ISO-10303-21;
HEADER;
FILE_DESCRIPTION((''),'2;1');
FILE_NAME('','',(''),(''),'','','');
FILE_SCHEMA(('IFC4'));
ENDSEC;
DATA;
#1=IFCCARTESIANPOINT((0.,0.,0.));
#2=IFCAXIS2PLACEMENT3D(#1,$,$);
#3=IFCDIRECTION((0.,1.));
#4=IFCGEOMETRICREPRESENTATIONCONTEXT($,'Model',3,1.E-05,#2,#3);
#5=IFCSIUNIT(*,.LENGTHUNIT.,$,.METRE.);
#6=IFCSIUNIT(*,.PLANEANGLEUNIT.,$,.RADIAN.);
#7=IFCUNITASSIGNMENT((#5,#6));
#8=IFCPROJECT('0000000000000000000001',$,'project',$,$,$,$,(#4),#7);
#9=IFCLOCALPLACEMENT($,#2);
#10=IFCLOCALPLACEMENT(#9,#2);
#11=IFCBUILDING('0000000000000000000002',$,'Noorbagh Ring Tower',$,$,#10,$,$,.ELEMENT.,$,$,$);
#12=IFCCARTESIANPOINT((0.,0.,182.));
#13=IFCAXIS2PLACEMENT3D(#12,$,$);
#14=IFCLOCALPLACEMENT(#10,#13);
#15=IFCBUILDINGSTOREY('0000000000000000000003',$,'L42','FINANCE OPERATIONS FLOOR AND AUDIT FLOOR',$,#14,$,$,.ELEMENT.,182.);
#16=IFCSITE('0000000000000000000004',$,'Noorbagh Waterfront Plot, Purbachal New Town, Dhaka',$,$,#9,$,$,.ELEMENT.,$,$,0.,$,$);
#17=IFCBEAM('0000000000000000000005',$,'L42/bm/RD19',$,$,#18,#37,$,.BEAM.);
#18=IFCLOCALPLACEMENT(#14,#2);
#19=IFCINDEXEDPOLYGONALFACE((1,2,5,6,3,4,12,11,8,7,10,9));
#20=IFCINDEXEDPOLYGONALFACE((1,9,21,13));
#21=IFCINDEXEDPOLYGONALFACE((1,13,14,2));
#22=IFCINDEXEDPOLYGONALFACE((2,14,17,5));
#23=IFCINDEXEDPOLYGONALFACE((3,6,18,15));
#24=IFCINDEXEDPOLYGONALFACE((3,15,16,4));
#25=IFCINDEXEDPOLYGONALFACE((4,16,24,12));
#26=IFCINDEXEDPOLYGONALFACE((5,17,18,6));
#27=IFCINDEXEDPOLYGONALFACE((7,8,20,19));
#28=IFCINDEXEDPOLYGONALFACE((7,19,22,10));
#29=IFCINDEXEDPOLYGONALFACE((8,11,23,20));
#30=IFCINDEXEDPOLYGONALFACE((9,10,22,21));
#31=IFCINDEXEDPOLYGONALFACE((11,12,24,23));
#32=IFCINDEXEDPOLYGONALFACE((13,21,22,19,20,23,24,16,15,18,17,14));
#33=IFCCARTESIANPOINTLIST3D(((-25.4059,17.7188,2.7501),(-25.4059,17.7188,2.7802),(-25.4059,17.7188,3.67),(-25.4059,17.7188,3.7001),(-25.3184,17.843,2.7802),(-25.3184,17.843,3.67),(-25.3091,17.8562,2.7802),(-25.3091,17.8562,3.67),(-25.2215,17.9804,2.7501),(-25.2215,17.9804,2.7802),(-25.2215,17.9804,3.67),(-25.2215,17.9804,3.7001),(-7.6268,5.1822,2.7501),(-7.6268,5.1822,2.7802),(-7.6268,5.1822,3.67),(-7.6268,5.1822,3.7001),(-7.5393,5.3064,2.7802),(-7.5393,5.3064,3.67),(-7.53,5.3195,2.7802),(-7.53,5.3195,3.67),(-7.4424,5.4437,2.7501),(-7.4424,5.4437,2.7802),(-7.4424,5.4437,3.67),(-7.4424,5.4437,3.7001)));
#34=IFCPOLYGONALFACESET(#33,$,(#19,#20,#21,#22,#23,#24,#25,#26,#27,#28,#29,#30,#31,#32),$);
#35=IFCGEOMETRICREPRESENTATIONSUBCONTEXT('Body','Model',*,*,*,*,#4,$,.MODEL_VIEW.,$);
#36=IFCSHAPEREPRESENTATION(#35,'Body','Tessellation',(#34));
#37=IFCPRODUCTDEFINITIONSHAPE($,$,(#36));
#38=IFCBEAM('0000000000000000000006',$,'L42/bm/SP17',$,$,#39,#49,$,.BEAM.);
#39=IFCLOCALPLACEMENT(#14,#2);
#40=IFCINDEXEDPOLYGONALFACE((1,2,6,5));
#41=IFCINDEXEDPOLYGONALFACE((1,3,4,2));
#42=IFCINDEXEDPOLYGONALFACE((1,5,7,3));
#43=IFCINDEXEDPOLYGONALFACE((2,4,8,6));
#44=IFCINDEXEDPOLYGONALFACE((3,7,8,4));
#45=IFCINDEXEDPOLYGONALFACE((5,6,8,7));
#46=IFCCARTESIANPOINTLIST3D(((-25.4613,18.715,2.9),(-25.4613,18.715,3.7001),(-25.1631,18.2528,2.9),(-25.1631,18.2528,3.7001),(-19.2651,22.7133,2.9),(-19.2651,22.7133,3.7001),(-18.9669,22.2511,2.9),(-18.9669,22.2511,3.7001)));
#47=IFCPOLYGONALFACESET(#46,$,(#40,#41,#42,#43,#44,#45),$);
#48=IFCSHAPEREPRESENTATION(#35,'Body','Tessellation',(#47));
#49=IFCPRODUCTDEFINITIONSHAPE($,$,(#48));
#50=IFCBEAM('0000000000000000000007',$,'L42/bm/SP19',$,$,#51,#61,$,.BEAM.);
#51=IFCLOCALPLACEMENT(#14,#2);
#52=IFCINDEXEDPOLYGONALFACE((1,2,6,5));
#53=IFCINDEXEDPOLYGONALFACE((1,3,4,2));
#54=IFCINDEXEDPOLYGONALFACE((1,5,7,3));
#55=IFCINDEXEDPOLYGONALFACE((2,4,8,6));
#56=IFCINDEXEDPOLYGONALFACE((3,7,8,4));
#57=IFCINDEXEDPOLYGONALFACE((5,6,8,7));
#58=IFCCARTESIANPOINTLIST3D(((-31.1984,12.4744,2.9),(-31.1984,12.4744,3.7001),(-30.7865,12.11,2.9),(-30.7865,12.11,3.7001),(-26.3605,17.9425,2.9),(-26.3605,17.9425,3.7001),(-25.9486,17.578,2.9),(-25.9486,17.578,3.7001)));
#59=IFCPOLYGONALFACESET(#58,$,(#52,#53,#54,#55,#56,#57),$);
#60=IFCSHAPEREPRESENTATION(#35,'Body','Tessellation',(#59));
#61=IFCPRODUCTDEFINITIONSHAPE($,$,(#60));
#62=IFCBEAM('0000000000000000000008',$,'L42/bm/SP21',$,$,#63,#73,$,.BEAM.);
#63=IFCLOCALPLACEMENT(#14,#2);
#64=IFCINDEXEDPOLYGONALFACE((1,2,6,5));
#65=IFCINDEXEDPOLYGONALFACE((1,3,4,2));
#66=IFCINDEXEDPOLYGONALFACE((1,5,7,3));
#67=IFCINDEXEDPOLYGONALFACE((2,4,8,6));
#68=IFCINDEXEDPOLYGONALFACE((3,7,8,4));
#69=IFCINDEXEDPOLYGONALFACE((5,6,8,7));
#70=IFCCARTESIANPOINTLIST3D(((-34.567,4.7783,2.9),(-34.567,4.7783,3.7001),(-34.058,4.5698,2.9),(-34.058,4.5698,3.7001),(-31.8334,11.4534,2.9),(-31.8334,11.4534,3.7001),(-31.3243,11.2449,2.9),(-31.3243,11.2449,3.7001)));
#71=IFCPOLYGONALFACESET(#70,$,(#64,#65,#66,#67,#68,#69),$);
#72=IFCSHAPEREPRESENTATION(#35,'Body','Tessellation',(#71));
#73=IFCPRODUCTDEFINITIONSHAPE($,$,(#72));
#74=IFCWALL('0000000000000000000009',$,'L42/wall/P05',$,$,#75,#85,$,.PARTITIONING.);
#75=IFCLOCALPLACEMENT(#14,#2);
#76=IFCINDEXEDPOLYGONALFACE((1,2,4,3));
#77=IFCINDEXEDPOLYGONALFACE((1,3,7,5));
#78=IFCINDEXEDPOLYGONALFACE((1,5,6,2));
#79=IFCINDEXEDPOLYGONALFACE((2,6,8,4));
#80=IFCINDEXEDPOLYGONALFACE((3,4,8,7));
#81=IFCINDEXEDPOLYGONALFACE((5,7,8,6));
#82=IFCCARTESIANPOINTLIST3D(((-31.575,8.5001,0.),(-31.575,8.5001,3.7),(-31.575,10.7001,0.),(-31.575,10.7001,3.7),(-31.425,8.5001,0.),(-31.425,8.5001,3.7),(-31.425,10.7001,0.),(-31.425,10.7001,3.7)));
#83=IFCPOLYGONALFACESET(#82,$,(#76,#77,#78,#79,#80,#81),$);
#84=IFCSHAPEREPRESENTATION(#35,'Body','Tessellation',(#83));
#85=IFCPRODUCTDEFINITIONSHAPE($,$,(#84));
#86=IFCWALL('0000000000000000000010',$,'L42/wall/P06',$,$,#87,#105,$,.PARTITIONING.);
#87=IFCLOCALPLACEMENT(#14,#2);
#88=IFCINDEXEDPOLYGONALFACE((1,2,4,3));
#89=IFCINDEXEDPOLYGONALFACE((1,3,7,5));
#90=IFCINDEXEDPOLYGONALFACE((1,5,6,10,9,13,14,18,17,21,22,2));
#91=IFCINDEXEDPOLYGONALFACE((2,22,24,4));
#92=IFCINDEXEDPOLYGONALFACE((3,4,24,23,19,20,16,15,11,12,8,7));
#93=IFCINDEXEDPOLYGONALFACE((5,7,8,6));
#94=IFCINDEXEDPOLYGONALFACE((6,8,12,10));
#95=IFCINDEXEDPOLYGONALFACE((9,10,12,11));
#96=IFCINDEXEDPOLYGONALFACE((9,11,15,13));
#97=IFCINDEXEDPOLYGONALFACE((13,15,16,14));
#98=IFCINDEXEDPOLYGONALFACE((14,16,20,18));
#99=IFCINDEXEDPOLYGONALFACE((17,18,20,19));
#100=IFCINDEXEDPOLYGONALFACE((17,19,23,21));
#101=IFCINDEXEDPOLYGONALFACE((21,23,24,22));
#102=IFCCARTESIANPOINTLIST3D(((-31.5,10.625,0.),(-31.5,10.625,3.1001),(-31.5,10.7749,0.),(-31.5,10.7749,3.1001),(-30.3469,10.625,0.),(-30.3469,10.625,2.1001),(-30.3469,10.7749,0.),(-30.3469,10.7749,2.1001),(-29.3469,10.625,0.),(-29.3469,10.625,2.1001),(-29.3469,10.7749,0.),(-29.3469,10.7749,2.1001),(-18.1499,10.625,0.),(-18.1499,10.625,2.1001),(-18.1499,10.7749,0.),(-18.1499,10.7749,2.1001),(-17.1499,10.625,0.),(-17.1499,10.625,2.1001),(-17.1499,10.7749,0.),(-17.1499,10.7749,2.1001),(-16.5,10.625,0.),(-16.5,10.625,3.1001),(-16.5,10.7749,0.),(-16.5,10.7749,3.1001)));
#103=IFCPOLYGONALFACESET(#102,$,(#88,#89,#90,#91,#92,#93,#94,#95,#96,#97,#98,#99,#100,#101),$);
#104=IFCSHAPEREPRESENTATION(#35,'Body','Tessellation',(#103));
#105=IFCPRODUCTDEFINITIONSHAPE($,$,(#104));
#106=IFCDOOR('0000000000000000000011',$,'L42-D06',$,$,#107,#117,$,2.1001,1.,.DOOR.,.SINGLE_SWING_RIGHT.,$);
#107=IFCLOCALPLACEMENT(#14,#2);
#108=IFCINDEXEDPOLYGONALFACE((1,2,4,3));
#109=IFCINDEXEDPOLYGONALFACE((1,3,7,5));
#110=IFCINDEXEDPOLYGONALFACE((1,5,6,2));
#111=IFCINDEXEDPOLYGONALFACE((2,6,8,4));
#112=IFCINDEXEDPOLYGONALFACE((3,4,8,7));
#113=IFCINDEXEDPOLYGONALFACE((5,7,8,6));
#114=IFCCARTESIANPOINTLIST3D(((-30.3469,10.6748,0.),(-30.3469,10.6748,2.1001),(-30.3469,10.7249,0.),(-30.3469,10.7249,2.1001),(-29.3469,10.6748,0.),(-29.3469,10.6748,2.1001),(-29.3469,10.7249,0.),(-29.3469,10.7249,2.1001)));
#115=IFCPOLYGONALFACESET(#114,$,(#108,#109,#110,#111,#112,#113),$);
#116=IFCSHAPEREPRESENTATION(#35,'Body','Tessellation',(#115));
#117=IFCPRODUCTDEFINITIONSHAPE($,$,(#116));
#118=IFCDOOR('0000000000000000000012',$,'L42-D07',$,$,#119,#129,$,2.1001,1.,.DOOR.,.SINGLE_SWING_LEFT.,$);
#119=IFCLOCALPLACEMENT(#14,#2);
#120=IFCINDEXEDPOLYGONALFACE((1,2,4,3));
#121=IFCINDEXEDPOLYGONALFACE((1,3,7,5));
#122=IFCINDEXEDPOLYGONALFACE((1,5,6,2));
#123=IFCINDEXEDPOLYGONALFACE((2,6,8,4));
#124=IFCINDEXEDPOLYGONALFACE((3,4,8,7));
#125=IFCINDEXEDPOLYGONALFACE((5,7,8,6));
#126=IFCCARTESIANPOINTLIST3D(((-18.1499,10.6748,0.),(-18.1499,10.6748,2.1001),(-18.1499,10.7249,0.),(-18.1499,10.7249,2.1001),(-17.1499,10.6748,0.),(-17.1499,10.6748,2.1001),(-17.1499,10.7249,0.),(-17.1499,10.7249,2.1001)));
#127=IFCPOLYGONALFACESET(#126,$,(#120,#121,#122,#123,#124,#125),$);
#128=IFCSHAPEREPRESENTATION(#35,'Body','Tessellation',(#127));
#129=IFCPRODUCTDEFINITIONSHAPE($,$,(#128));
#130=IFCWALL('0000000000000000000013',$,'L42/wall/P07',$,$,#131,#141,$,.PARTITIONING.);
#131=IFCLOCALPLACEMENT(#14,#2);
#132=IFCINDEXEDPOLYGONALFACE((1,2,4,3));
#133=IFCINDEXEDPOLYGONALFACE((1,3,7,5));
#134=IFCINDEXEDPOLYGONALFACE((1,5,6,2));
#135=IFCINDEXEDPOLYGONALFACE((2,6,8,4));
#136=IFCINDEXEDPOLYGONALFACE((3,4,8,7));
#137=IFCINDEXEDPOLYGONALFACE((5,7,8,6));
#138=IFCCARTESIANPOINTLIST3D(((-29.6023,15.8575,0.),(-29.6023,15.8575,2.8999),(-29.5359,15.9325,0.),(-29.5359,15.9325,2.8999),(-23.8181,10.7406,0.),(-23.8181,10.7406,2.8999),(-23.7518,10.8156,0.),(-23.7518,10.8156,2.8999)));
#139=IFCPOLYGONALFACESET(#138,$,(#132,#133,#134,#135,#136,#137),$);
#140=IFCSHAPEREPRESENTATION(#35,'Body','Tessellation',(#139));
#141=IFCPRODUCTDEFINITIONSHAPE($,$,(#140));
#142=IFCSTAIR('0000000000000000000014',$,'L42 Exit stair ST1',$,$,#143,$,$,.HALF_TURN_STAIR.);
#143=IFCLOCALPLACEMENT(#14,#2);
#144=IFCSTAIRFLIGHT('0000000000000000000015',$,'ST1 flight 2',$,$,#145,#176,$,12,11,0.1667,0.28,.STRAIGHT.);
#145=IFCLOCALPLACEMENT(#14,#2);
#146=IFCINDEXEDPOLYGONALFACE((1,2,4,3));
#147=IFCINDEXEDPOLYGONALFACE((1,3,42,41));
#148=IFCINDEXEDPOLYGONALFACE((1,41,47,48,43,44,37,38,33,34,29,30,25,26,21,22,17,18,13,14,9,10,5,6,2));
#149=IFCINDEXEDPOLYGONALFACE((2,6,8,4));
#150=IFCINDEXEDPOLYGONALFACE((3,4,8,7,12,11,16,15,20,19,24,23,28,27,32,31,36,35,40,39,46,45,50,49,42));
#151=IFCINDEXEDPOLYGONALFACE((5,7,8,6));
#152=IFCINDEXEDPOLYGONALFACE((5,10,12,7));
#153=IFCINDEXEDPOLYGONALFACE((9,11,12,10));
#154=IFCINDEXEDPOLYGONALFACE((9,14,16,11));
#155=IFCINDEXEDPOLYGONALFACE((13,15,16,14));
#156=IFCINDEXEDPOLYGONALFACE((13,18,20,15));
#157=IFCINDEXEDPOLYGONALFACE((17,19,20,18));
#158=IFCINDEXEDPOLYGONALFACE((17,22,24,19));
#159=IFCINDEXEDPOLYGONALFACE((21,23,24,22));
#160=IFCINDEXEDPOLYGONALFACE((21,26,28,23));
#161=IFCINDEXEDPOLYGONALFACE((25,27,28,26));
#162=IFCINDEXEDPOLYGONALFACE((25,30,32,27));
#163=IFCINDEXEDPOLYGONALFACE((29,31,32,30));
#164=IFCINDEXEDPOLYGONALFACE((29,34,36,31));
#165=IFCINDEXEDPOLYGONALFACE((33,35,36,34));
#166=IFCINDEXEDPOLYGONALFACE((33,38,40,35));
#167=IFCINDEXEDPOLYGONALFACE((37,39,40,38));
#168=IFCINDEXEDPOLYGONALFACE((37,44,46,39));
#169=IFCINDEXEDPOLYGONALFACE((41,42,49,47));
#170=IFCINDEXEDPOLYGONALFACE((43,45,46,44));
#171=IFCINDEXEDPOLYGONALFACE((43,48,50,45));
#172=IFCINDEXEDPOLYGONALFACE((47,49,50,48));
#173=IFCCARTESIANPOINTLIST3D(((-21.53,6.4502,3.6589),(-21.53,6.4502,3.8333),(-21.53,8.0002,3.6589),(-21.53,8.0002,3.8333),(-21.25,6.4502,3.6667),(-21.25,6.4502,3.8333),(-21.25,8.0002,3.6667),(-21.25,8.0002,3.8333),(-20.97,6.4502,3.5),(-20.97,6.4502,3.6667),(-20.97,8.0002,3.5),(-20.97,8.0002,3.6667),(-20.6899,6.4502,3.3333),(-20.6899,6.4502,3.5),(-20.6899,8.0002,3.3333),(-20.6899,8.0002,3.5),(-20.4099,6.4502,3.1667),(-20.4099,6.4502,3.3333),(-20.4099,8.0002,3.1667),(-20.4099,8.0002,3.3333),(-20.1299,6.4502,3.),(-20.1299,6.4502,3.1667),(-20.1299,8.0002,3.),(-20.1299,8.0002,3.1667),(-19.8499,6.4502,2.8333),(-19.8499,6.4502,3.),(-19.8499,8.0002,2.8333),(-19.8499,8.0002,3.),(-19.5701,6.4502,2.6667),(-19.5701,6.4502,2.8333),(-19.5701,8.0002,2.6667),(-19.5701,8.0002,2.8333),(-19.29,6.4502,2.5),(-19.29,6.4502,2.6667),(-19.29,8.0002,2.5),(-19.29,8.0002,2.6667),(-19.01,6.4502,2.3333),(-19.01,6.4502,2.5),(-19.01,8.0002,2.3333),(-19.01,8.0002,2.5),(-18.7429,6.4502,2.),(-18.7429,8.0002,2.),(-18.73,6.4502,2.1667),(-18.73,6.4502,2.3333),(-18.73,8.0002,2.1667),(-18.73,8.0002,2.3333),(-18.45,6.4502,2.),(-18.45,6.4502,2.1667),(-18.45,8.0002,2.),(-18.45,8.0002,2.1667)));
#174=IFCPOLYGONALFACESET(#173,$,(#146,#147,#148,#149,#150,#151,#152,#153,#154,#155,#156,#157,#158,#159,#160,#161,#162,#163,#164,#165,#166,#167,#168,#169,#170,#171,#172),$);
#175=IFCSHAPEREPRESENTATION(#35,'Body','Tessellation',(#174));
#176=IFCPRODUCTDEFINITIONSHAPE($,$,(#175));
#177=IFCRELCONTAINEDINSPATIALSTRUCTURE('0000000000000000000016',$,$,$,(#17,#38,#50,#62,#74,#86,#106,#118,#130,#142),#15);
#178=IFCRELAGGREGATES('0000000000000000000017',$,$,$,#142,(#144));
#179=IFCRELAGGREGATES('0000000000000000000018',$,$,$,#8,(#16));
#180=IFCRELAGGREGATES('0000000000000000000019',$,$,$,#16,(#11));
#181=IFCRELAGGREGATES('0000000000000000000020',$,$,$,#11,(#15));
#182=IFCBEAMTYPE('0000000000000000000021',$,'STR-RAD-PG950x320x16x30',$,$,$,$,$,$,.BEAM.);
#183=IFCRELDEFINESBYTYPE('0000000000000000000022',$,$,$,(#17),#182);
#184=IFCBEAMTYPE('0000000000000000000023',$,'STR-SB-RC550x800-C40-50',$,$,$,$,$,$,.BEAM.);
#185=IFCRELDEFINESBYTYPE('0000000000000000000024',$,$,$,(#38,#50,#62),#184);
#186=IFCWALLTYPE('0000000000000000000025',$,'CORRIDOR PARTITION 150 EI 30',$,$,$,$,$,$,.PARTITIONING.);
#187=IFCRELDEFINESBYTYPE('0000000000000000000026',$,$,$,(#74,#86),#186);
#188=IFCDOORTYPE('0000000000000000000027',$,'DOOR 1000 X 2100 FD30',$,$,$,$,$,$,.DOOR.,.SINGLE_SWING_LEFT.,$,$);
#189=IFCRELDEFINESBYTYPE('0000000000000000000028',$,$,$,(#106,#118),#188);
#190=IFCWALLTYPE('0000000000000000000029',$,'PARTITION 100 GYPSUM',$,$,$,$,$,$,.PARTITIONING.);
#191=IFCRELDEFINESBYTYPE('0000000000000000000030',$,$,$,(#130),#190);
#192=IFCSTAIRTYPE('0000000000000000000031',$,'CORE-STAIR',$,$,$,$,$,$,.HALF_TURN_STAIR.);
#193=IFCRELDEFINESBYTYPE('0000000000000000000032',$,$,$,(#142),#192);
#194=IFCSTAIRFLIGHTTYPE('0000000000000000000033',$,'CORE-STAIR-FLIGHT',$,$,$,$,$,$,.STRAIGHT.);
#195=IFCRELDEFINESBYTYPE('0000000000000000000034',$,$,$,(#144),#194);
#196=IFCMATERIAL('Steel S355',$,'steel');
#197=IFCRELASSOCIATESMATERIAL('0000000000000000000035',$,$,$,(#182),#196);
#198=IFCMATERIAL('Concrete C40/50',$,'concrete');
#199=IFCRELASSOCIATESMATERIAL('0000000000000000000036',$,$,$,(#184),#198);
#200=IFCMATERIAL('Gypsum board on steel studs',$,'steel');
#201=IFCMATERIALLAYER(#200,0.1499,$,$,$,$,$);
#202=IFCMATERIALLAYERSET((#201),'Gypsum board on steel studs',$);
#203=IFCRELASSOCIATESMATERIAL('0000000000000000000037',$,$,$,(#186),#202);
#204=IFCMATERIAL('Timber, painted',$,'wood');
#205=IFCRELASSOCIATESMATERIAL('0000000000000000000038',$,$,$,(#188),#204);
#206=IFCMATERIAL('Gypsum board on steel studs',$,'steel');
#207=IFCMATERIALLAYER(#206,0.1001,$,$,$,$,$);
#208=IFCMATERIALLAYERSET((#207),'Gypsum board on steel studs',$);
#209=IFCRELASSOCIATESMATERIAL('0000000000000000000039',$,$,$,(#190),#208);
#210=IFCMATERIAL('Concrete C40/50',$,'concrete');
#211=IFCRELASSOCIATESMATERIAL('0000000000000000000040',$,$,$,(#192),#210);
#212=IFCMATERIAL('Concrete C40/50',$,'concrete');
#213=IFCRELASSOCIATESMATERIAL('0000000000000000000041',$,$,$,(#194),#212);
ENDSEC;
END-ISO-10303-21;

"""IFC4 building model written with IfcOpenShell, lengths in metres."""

from ifc_helpers import new_model, si_unit, direction, frame, frame_2d, origin, origin_2d, place, context, subcontext, project, spatial, polyline, rectangle, i_section, outline, extrude, material, layer, layer_set, material_profile, profile_set, type_object, element, fill, aggregate, save


model = new_model("IFC4")

# Units and contexts
model_context = context("Model", 3, precision=1e-05, world=origin(), true_north=direction((0.0, 1.0)))
body_context = subcontext(model_context, "Body", "Model", "MODEL_VIEW")
ifc_project = project(units=[si_unit("LENGTHUNIT", "METRE"), si_unit("PLANEANGLEUNIT", "RADIAN")], contexts=[model_context])

# Site, building, storey
site_placement = place(None, origin())
site = spatial("IfcSite", under=ifc_project, at=site_placement, Name="Noorbagh Waterfront Plot, Purbachal New Town, Dhaka", CompositionType="ELEMENT", RefElevation=0.0)
building_placement = place(site_placement, origin())
building = spatial("IfcBuilding", under=site, at=building_placement, Name="Noorbagh Ring Tower", CompositionType="ELEMENT")
storey_placement = place(building_placement, frame((0.0, 0.0, 182.0)))
storey = spatial("IfcBuildingStorey", under=building, at=storey_placement, Name="L42", Description="FINANCE OPERATIONS FLOOR AND AUDIT FLOOR", CompositionType="ELEMENT", Elevation=182.0)

# Beams
ifc_material_1 = material(Name="Steel S355", Category="steel")
ifc_material_profile_1 = material_profile(ifc_material_1, i_section(OverallWidth=0.3201, OverallDepth=0.95, WebThickness=0.0161, FlangeThickness=0.03, at=origin_2d()), Name="PG950x320x16x30")
ifc_profile_set_1 = profile_set([ifc_material_profile_1], Name="Steel S355")
beam_type_1 = type_object("IfcBeamType", Name="STR-RAD-PG950x320x16x30", PredefinedType="BEAM", material=ifc_profile_set_1)
beam_1_placement = place(storey_placement, frame((-25.3137, 17.8496, 3.2251), z_axis=(0.817256, -0.576275, 0.0), x_axis=(0.576275, 0.817256, 0.0)))
element("IfcBeam", 1, at=beam_1_placement, inside=storey, type_object=beam_type_1, Name="L42/bm/RD19", PredefinedType="BEAM", context=body_context, shape_type="SweptSolid", body=[
    extrude(i_section(OverallWidth=0.3201, OverallDepth=0.95, WebThickness=0.0161, FlangeThickness=0.03, at=origin_2d()), origin(), (0.0, 0.0, 1.0), 21.7546),
])
ifc_material_2 = material(Name="Concrete C40/50", Category="concrete")
ifc_material_profile_2 = material_profile(ifc_material_2, rectangle(XDim=0.55, YDim=0.8, at=origin_2d()), Name="RC550x800")
ifc_profile_set_2 = profile_set([ifc_material_profile_2], Name="Concrete C40/50")
beam_type_2 = type_object("IfcBeamType", Name="STR-SB-RC550x800-C40-50", PredefinedType="BEAM", material=ifc_profile_set_2)
beam_2_placement = place(storey_placement, frame((-19.116, 22.4822, 3.3), z_axis=(-0.840254, -0.542192, 0.0), x_axis=(0.542192, -0.840254, 0.0)))
element("IfcBeam", 2, at=beam_2_placement, inside=storey, type_object=beam_type_2, Name="L42/bm/SP17", PredefinedType="BEAM", context=body_context, shape_type="SweptSolid", body=[
    extrude(rectangle(XDim=0.55, YDim=0.8, at=origin_2d()), origin(), (0.0, 0.0, 1.0), 7.3743),
])
beam_3_placement = place(storey_placement, frame((-26.1545, 17.7603, 3.3), z_axis=(-0.662635, -0.748942, 0.0), x_axis=(0.748942, -0.662635, 0.0)))
element("IfcBeam", 3, at=beam_3_placement, inside=storey, type_object=beam_type_2, Name="L42/bm/SP19", PredefinedType="BEAM", context=body_context, shape_type="SweptSolid", body=[
    extrude(rectangle(XDim=0.55, YDim=0.8, at=origin_2d()), origin(), (0.0, 0.0, 1.0), 7.301),
])
beam_4_placement = place(storey_placement, frame((-31.5789, 11.3491, 3.3), z_axis=(-0.378982, -0.925404, 0.0), x_axis=(0.925404, -0.378982, 0.0)))
element("IfcBeam", 4, at=beam_4_placement, inside=storey, type_object=beam_type_2, Name="L42/bm/SP21", PredefinedType="BEAM", context=body_context, shape_type="SweptSolid", body=[
    extrude(rectangle(XDim=0.55, YDim=0.8, at=origin_2d()), origin(), (0.0, 0.0, 1.0), 7.2131),
])

# Wall
ifc_material_3 = material(Name="Gypsum board on steel studs", Category="steel")
ifc_layer_1 = layer(ifc_material_3, 0.1499)
ifc_layer_set_1 = layer_set([ifc_layer_1], Name="Gypsum board on steel studs")
wall_type_1 = type_object("IfcWallType", Name="CORRIDOR PARTITION 150 EI 30", PredefinedType="PARTITIONING", material=ifc_layer_set_1)
wall_1_placement = place(storey_placement, frame((-31.5, 8.5, 0.0), z_axis=(0.0, 0.0, 1.0), x_axis=(0.0, 1.0, 0.0)))
element("IfcWall", 5, at=wall_1_placement, inside=storey, type_object=wall_type_1, Name="L42/wall/P05", PredefinedType="PARTITIONING", context=body_context, shape_type="SweptSolid", body=[
    extrude(rectangle(XDim=2.2, YDim=0.1499, at=frame_2d((1.1001, 0.0))), origin(), (0.0, 0.0, 1.0), 3.7),
])

# Wall, openings, doors
wall_2_placement = place(storey_placement, frame((-31.5, 10.7, 0.0), z_axis=(0.0, 0.0, 1.0), x_axis=(1.0, 0.0, 0.0)))
wall_2 = element("IfcWall", 6, at=wall_2_placement, inside=storey, type_object=wall_type_1, Name="L42/wall/P06", PredefinedType="PARTITIONING", context=body_context, shape_type="SweptSolid", body=[
    extrude(rectangle(XDim=15.0, YDim=0.1499, at=frame_2d((7.5, 0.0))), origin(), (0.0, 0.0, 1.0), 3.1001),
])
opening_1_placement = place(wall_2_placement, frame((1.1531, 0.0, 0.0)))
opening_1 = element("IfcOpeningElement", 7, at=opening_1_placement, cuts=wall_2, PredefinedType="OPENING", context=body_context, shape_type="SweptSolid", body=[
    extrude(rectangle(XDim=1.0, YDim=2.1001, at=frame_2d((0.5, 1.05))), frame((0.0, 0.085, 0.0), z_axis=(0.0, -1.0, 0.0), x_axis=(1.0, 0.0, 0.0)), (0.0, 0.0, 1.0), 0.1699),
])
opening_2_placement = place(wall_2_placement, frame((13.3501, 0.0, 0.0)))
opening_2 = element("IfcOpeningElement", 8, at=opening_2_placement, cuts=wall_2, PredefinedType="OPENING", context=body_context, shape_type="SweptSolid", body=[
    extrude(rectangle(XDim=1.0, YDim=2.1001, at=frame_2d((0.5, 1.05))), frame((0.0, 0.085, 0.0), z_axis=(0.0, -1.0, 0.0), x_axis=(1.0, 0.0, 0.0)), (0.0, 0.0, 1.0), 0.1699),
])
ifc_material_4 = material(Name="Timber, painted", Category="wood")
door_type = type_object("IfcDoorType", Name="DOOR 1000 X 2100 FD30", OperationType="SINGLE_SWING_LEFT", PredefinedType="DOOR", material=ifc_material_4)
door_1_placement = place(opening_1_placement, origin())
door_1 = element("IfcDoor", 9, at=door_1_placement, inside=storey, type_object=door_type, Name="L42-D06", OperationType="SINGLE_SWING_RIGHT", OverallHeight=2.1001, OverallWidth=1.0, PredefinedType="DOOR", context=body_context, shape_type="SweptSolid", body=[
    extrude(rectangle(XDim=1.0, YDim=2.1001, at=frame_2d((0.5, 1.05))), frame((0.0, 0.0249, 0.0), z_axis=(0.0, -1.0, 0.0), x_axis=(1.0, 0.0, 0.0)), (0.0, 0.0, 1.0), 0.05),
])
fill(opening_1, door_1)
door_2_placement = place(opening_2_placement, origin())
door_2 = element("IfcDoor", 10, at=door_2_placement, inside=storey, type_object=door_type, Name="L42-D07", OperationType="SINGLE_SWING_LEFT", OverallHeight=2.1001, OverallWidth=1.0, PredefinedType="DOOR", context=body_context, shape_type="SweptSolid", body=[
    extrude(rectangle(XDim=1.0, YDim=2.1001, at=frame_2d((0.5, 1.05))), frame((0.0, 0.0249, 0.0), z_axis=(0.0, -1.0, 0.0), x_axis=(1.0, 0.0, 0.0)), (0.0, 0.0, 1.0), 0.05),
])
fill(opening_2, door_2)

# Wall
ifc_material_5 = material(Name="Gypsum board on steel studs", Category="steel")
ifc_layer_2 = layer(ifc_material_5, 0.1001)
ifc_layer_set_2 = layer_set([ifc_layer_2], Name="Gypsum board on steel studs")
wall_type_2 = type_object("IfcWallType", Name="PARTITION 100 GYPSUM", PredefinedType="PARTITIONING", material=ifc_layer_set_2)
wall_3_placement = place(storey_placement, frame((-29.5691, 15.895, 0.0), z_axis=(0.0, 0.0, 1.0), x_axis=(0.748986, -0.662586, 0.0)))
element("IfcWall", 11, at=wall_3_placement, inside=storey, type_object=wall_type_2, Name="L42/wall/P07", PredefinedType="PARTITIONING", context=body_context, shape_type="SweptSolid", body=[
    extrude(rectangle(XDim=7.7227, YDim=0.1001, at=frame_2d((3.8613, 0.0))), origin(), (0.0, 0.0, 1.0), 2.8999),
])

# Stair, stair flight
ifc_material_6 = material(Name="Concrete C40/50", Category="concrete")
stair_type = type_object("IfcStairType", Name="CORE-STAIR", PredefinedType="HALF_TURN_STAIR", material=ifc_material_6)
stair_placement = place(storey_placement, origin())
stair = element("IfcStair", 12, at=stair_placement, inside=storey, type_object=stair_type, Name="L42 Exit stair ST1", PredefinedType="HALF_TURN_STAIR")
ifc_material_7 = material(Name="Concrete C40/50", Category="concrete")
stair_flight_type = type_object("IfcStairFlightType", Name="CORE-STAIR-FLIGHT", PredefinedType="STRAIGHT", material=ifc_material_7)
stair_flight_placement = place(storey_placement, frame((-18.45, 7.2251, 2.0), z_axis=(0.0, 0.0, 1.0), x_axis=(-1.0, 0.0, 0.0)))
stair_flight = element("IfcStairFlight", 13, at=stair_flight_placement, type_object=stair_flight_type, Name="ST1 flight 2", NumberOfRisers=12, NumberOfTreads=11, PredefinedType="STRAIGHT", RiserHeight=0.1667, TreadLength=0.28, context=body_context, shape_type="SweptSolid", body=[
    extrude(outline(polyline([(0.0, 0.0), (0.0, 0.1667), (0.28, 0.1667), (0.28, 0.3333), (0.5601, 0.3333), (0.5601, 0.5), (0.8401, 0.5), (0.8401, 0.6667), (1.1201, 0.6667), (1.1201, 0.8333), (1.3999, 0.8333), (1.3999, 1.0), (1.6799, 1.0), (1.6799, 1.1667), (1.96, 1.1667), (1.96, 1.3333), (2.24, 1.3333), (2.24, 1.5), (2.52, 1.5), (2.52, 1.6667), (2.8, 1.6667), (2.8, 1.8333), (3.0801, 1.8333), (3.0801, 2.0), (3.0801, 1.6589), (0.293, 0.0), (0.0, 0.0)])), frame((0.0, 0.7749, 0.0), z_axis=(0.0, -1.0, 0.0), x_axis=(1.0, 0.0, 0.0)), (0.0, 0.0, 1.0), 1.55),
])
aggregate(stair, [stair_flight])

save(model, "model.ifc")
